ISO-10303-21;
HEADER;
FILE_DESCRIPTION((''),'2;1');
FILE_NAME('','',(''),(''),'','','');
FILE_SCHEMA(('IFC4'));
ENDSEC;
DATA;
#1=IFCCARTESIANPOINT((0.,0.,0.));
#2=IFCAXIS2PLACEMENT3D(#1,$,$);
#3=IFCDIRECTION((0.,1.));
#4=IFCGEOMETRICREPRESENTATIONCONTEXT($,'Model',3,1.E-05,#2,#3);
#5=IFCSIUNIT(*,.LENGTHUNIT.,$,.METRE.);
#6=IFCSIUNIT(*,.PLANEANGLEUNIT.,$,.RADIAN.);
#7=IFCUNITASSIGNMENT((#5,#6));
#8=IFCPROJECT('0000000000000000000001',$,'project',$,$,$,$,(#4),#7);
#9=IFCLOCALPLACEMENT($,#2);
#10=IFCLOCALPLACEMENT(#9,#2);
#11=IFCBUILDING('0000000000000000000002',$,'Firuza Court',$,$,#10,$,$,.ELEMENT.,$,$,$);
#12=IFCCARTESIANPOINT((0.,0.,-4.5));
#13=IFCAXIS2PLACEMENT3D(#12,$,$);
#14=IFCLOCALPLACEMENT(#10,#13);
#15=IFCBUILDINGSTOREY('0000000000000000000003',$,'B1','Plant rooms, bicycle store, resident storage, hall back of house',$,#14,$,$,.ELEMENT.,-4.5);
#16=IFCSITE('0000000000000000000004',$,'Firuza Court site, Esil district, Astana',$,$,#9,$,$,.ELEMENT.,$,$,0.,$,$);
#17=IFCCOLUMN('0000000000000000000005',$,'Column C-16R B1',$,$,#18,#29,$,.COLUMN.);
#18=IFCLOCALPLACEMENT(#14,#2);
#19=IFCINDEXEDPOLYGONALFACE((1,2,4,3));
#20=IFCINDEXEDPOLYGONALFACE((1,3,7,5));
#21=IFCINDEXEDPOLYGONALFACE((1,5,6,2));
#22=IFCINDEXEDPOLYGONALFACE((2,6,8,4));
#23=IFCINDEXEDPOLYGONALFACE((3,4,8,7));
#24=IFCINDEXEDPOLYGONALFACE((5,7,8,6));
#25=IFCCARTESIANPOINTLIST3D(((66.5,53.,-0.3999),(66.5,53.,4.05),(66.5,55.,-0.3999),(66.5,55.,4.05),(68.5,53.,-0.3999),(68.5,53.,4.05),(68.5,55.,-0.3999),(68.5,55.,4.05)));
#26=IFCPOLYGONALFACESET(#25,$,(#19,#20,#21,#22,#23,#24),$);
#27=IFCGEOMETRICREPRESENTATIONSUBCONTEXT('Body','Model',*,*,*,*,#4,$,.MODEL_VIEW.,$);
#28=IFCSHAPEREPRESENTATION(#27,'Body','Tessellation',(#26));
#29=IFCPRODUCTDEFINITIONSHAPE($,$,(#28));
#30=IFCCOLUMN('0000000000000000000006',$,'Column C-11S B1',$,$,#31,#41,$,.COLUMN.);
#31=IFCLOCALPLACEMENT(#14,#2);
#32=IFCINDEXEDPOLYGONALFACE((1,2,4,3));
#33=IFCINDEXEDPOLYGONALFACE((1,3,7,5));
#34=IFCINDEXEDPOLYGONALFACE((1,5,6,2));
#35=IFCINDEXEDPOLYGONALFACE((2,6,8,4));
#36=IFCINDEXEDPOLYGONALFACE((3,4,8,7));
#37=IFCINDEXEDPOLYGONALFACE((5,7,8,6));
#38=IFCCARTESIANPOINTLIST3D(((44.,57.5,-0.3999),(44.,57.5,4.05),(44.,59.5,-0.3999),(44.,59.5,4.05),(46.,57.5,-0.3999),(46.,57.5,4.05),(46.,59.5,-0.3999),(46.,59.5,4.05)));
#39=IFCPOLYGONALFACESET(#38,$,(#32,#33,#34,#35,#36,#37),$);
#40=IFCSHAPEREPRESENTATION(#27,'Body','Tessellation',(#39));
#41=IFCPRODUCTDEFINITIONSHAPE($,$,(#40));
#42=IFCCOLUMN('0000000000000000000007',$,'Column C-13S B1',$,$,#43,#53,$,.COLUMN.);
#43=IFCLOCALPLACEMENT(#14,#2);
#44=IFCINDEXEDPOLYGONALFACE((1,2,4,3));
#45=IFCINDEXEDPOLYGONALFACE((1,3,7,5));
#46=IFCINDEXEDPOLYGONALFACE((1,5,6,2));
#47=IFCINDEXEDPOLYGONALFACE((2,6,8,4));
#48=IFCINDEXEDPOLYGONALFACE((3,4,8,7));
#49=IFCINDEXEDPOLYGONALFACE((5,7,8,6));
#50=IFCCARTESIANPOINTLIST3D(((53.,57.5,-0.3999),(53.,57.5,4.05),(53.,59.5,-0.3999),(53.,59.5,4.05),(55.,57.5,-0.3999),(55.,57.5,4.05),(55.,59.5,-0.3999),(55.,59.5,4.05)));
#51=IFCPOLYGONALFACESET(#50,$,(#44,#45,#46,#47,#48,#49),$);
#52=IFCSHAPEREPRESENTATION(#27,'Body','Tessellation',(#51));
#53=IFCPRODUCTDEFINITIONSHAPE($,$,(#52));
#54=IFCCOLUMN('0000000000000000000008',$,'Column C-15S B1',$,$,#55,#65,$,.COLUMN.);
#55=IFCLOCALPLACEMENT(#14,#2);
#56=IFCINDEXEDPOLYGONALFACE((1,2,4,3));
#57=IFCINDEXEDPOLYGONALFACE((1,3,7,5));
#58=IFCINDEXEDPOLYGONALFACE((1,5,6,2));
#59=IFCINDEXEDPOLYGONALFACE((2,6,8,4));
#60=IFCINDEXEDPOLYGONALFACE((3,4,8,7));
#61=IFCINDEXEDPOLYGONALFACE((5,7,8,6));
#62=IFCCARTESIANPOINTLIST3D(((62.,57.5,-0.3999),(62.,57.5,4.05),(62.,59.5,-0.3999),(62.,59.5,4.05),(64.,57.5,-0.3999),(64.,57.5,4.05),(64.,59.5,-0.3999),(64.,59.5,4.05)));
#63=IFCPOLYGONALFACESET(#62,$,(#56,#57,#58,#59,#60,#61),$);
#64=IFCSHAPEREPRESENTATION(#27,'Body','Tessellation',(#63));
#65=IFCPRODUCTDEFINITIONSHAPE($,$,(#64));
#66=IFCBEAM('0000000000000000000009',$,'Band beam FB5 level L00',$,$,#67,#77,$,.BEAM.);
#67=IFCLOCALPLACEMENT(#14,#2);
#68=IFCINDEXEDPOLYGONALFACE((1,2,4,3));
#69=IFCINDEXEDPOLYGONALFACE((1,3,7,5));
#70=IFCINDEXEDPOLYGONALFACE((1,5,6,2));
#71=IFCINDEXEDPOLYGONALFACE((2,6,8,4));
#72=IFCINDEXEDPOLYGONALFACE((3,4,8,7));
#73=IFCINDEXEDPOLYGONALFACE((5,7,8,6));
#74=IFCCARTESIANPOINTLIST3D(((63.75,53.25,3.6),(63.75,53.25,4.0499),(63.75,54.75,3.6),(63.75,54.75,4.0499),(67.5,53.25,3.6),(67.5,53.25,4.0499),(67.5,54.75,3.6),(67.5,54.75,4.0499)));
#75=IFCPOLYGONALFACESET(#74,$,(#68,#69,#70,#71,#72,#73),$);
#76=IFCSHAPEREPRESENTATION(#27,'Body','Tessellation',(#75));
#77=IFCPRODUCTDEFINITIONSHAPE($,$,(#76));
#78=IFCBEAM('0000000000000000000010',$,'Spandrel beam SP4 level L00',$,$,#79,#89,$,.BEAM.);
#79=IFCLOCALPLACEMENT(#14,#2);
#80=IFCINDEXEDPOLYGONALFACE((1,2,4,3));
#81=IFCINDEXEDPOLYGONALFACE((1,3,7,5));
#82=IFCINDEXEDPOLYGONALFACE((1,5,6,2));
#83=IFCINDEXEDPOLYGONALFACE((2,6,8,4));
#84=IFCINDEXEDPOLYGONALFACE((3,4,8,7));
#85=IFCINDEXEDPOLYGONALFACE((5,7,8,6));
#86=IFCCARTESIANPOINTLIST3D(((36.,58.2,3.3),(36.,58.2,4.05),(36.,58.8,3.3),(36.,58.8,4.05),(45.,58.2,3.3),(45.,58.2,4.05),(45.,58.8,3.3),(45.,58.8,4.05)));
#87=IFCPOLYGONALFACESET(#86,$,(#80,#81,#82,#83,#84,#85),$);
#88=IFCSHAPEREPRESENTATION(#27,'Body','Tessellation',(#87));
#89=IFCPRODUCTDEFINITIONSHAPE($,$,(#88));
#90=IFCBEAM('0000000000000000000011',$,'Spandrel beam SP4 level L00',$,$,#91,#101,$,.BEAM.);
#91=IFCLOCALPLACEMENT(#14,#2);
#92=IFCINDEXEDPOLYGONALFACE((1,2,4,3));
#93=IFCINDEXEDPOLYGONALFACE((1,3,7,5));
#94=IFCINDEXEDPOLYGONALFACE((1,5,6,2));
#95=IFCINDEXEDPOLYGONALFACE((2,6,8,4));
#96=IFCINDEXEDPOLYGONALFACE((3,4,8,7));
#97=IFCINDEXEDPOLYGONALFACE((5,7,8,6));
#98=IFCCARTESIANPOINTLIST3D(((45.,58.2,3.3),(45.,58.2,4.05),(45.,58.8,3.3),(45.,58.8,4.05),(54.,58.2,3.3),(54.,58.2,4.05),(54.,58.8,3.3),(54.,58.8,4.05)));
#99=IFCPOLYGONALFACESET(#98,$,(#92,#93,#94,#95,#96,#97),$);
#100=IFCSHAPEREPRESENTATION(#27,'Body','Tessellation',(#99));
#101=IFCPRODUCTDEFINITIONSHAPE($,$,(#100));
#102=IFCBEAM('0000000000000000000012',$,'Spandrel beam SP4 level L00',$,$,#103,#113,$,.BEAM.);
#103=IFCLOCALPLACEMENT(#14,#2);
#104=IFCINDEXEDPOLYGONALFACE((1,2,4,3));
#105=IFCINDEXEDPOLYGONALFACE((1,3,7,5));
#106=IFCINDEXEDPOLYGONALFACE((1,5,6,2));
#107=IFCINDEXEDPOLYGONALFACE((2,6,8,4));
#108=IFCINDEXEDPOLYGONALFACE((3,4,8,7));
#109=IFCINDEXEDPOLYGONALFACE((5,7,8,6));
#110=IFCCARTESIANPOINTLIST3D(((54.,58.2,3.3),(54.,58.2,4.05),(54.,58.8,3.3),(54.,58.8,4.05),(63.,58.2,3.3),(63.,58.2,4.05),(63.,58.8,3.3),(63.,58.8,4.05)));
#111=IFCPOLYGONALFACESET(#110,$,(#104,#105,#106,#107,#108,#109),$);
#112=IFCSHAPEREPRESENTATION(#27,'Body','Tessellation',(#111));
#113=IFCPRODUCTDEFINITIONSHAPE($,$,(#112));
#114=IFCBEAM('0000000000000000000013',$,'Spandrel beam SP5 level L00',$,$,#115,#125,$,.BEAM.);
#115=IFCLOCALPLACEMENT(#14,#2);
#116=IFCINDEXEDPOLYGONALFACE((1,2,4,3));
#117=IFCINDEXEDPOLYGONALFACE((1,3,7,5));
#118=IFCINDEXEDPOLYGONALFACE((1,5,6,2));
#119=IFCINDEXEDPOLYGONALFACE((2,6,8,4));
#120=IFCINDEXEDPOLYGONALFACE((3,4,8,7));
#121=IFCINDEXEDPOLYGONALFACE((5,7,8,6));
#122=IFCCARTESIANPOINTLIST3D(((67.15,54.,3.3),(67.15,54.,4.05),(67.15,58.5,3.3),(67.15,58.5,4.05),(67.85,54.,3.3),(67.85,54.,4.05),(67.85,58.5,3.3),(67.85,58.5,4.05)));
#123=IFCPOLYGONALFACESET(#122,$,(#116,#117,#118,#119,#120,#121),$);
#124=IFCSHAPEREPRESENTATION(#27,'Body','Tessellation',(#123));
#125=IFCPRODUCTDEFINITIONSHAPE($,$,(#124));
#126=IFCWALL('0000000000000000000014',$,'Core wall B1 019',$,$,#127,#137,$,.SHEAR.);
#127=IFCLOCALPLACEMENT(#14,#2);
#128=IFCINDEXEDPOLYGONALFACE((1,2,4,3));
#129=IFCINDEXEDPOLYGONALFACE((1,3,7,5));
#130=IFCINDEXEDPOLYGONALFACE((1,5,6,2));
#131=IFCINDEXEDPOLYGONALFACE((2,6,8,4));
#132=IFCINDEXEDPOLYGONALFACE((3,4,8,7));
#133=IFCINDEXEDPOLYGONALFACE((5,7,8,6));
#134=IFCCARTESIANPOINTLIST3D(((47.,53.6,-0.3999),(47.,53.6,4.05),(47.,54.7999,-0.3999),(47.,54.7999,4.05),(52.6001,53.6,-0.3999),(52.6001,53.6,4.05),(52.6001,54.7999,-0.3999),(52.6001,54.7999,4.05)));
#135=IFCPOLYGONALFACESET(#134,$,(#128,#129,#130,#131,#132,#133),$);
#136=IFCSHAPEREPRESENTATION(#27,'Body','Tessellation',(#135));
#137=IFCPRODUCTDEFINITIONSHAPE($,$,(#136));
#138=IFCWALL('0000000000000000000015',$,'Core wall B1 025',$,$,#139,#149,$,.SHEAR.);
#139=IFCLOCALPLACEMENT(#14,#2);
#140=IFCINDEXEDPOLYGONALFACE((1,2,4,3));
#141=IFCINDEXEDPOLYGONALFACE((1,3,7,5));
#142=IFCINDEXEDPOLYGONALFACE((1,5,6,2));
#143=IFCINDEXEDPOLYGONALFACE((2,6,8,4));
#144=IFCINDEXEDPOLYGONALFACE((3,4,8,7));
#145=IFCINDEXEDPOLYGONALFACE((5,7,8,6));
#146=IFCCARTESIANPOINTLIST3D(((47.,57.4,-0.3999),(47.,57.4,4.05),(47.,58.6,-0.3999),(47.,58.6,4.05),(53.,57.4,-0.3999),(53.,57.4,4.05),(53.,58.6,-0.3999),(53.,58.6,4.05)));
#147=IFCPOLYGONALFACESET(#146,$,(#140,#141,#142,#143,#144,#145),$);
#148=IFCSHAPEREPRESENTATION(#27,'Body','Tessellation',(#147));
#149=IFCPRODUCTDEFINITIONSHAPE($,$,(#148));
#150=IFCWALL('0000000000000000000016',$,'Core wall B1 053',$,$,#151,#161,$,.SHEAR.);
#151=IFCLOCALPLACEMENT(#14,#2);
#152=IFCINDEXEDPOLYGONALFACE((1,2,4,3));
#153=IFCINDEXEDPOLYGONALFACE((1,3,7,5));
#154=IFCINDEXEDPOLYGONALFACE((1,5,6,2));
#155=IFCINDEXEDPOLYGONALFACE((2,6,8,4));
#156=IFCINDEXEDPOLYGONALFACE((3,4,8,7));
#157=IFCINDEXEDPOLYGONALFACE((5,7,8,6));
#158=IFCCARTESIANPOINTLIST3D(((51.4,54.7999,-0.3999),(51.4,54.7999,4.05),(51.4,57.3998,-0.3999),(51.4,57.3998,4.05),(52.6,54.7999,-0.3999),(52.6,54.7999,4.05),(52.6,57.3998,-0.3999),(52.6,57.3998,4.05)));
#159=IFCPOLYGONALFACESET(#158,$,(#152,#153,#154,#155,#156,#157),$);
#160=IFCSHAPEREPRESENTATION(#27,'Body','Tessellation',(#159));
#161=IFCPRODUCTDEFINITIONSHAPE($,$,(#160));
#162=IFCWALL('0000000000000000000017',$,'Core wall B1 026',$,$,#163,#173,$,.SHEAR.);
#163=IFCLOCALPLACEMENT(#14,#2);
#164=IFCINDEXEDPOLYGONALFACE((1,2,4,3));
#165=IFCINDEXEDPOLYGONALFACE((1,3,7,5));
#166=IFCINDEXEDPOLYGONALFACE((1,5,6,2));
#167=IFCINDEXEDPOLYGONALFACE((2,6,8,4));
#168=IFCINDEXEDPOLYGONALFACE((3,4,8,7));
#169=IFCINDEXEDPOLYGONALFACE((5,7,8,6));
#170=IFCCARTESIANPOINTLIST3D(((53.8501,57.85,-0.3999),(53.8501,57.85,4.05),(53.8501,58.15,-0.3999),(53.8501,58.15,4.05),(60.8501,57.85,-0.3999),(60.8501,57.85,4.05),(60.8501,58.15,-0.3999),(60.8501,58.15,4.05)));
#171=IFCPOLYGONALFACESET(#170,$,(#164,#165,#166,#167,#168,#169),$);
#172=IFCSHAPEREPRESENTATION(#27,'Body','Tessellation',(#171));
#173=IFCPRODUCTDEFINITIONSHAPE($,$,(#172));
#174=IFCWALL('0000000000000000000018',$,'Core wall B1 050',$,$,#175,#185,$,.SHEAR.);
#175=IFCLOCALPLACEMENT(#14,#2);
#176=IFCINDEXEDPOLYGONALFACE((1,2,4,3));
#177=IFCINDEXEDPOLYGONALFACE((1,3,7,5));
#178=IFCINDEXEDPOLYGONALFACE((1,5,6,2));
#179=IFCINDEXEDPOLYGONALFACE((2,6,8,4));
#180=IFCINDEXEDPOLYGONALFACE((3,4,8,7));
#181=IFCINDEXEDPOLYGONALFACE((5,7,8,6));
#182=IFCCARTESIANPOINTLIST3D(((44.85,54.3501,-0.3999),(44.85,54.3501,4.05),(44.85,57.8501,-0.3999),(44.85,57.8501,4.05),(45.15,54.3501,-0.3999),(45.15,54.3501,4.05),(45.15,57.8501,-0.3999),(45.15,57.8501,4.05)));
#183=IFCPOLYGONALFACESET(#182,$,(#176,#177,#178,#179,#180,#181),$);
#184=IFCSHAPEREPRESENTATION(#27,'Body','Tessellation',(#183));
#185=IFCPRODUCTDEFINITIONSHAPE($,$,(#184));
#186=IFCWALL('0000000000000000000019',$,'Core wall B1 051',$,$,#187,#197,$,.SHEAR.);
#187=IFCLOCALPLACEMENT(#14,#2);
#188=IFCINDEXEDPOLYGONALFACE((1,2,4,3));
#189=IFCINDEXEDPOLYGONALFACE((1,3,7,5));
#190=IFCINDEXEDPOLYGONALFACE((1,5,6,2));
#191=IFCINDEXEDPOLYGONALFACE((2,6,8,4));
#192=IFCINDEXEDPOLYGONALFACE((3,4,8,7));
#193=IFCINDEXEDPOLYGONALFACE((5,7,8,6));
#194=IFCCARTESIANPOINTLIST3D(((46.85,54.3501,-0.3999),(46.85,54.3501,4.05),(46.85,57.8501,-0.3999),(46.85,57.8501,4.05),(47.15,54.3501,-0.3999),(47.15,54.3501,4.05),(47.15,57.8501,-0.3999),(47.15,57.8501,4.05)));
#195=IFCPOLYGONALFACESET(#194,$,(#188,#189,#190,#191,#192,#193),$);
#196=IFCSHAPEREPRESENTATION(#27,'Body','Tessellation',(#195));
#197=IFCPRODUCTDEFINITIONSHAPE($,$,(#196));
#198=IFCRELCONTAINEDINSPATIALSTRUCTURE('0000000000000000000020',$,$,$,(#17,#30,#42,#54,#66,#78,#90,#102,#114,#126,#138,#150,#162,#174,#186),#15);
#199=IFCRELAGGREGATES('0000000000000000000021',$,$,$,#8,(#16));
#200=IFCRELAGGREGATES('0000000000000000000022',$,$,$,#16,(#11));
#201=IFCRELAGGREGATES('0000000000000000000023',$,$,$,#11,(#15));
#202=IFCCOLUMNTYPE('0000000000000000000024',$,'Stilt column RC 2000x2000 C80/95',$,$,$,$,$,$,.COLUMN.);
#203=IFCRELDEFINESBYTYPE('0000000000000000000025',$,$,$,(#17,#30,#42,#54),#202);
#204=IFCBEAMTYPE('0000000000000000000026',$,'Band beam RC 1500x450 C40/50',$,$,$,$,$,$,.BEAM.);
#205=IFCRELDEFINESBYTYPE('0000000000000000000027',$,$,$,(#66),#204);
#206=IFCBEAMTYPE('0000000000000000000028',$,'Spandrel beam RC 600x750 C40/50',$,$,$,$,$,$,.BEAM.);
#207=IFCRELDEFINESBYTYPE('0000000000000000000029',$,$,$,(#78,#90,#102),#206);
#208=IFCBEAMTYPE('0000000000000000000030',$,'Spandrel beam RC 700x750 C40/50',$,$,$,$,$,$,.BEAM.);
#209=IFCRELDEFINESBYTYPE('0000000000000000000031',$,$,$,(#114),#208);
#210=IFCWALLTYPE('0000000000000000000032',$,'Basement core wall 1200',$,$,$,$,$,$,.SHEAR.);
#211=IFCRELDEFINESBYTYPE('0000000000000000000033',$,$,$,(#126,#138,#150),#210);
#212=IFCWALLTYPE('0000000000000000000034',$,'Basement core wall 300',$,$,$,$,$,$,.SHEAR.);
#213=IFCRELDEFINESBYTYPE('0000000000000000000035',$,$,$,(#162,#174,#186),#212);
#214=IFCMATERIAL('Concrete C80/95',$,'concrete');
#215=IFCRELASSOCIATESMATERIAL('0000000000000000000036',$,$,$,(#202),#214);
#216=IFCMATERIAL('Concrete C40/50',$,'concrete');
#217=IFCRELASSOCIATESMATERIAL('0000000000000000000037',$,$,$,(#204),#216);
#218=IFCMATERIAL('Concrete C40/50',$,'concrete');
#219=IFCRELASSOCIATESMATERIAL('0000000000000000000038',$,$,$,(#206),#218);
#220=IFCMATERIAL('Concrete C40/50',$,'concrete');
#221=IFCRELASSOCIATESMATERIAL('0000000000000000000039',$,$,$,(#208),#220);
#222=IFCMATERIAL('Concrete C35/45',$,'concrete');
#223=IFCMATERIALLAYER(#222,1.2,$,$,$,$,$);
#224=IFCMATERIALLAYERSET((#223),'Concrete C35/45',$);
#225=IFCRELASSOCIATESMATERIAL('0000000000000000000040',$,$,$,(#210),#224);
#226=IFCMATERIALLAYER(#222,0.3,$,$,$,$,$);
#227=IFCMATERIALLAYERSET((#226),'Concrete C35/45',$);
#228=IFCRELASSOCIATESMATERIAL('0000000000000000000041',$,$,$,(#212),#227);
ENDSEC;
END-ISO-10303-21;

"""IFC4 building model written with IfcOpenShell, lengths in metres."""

from ifc_helpers import new_model, si_unit, direction, frame, frame_2d, origin, origin_2d, place, context, subcontext, project, spatial, rectangle, extrude, material, layer, layer_set, material_profile, profile_set, type_object, element, save


model = new_model("IFC4")

# Units and contexts
model_context = context("Model", 3, precision=1e-05, world=origin(), true_north=direction((0.0, 1.0)))
body_context = subcontext(model_context, "Body", "Model", "MODEL_VIEW")
ifc_project = project(units=[si_unit("LENGTHUNIT", "METRE"), si_unit("PLANEANGLEUNIT", "RADIAN")], contexts=[model_context])

# Site, building, storey
site_placement = place(None, origin())
site = spatial("IfcSite", under=ifc_project, at=site_placement, Name="Firuza Court site, Esil district, Astana", CompositionType="ELEMENT", RefElevation=0.0)
building_placement = place(site_placement, origin())
building = spatial("IfcBuilding", under=site, at=building_placement, Name="Firuza Court", CompositionType="ELEMENT")
storey_placement = place(building_placement, frame((0.0, 0.0, -4.5)))
storey = spatial("IfcBuildingStorey", under=building, at=storey_placement, Name="B1", Description="Plant rooms, bicycle store, resident storage, hall back of house", CompositionType="ELEMENT", Elevation=-4.5)

# Columns
ifc_material_1 = material(Name="Concrete C80/95", Category="concrete")
ifc_material_profile_1 = material_profile(ifc_material_1, rectangle(XDim=2.0, YDim=2.0, at=origin_2d()), Name="RC 2000x2000")
ifc_profile_set_1 = profile_set([ifc_material_profile_1], Name="Concrete C80/95")
column_type = type_object("IfcColumnType", Name="Stilt column RC 2000x2000 C80/95", PredefinedType="COLUMN", material=ifc_profile_set_1)
for number, where, z_axis, x_axis, name in (
    (1, (67.5, 54.0, -0.3999), (0.0, 0.0, 1.0), (1.0, 0.0, 0.0), "Column C-16R B1"),
    (2, (45.0, 58.5, -0.3999), (0.0, 0.0, 1.0), (1.0, 0.0, 0.0), "Column C-11S B1"),
    (3, (54.0, 58.5, -0.3999), (0.0, 0.0, 1.0), (1.0, 0.0, 0.0), "Column C-13S B1"),
    (4, (63.0, 58.5, -0.3999), (0.0, 0.0, 1.0), (1.0, 0.0, 0.0), "Column C-15S B1"),
):
    element("IfcColumn", number, at=place(storey_placement, frame(where, z_axis=z_axis, x_axis=x_axis)), inside=storey, type_object=column_type, Name=name, PredefinedType="COLUMN", context=body_context, shape_type="SweptSolid", body=[
        extrude(rectangle(XDim=2.0, YDim=2.0, at=origin_2d()), origin(), (0.0, 0.0, 1.0), 4.45),
    ])

# Beams
ifc_material_2 = material(Name="Concrete C40/50", Category="concrete")
ifc_material_profile_2 = material_profile(ifc_material_2, rectangle(XDim=1.5, YDim=0.45, at=origin_2d()), Name="RC 1500x450")
ifc_profile_set_2 = profile_set([ifc_material_profile_2], Name="Concrete C40/50")
beam_type_1 = type_object("IfcBeamType", Name="Band beam RC 1500x450 C40/50", PredefinedType="BEAM", material=ifc_profile_set_2)
beam_1_placement = place(storey_placement, frame((67.5, 54.0, 3.825), z_axis=(-1.0, 0.0, 0.0), x_axis=(0.0, -1.0, 0.0)))
element("IfcBeam", 5, at=beam_1_placement, inside=storey, type_object=beam_type_1, Name="Band beam FB5 level L00", PredefinedType="BEAM", context=body_context, shape_type="SweptSolid", body=[
    extrude(rectangle(XDim=1.5, YDim=0.45, at=origin_2d()), origin(), (0.0, 0.0, 1.0), 3.75),
])
ifc_material_3 = material(Name="Concrete C40/50", Category="concrete")
ifc_material_profile_3 = material_profile(ifc_material_3, rectangle(XDim=0.6001, YDim=0.75, at=origin_2d()), Name="RC 600x750")
ifc_profile_set_3 = profile_set([ifc_material_profile_3], Name="Concrete C40/50")
beam_type_2 = type_object("IfcBeamType", Name="Spandrel beam RC 600x750 C40/50", PredefinedType="BEAM", material=ifc_profile_set_3)
for number, where, z_axis, x_axis, name in (
    (6, (45.0, 58.5, 3.675), (-1.0, 0.0, 0.0), (0.0, -1.0, 0.0), "Spandrel beam SP4 level L00"),
    (7, (54.0, 58.5, 3.675), (-1.0, 0.0, 0.0), (0.0, -1.0, 0.0), "Spandrel beam SP4 level L00"),
    (8, (63.0, 58.5, 3.675), (-1.0, 0.0, 0.0), (0.0, -1.0, 0.0), "Spandrel beam SP4 level L00"),
):
    element("IfcBeam", number, at=place(storey_placement, frame(where, z_axis=z_axis, x_axis=x_axis)), inside=storey, type_object=beam_type_2, Name=name, PredefinedType="BEAM", context=body_context, shape_type="SweptSolid", body=[
        extrude(rectangle(XDim=0.6001, YDim=0.75, at=origin_2d()), origin(), (0.0, 0.0, 1.0), 9.0),
    ])
ifc_material_4 = material(Name="Concrete C40/50", Category="concrete")
ifc_material_profile_4 = material_profile(ifc_material_4, rectangle(XDim=0.7, YDim=0.75, at=origin_2d()), Name="RC 700x750")
ifc_profile_set_4 = profile_set([ifc_material_profile_4], Name="Concrete C40/50")
beam_type_3 = type_object("IfcBeamType", Name="Spandrel beam RC 700x750 C40/50", PredefinedType="BEAM", material=ifc_profile_set_4)
beam_2_placement = place(storey_placement, frame((67.5, 54.0, 3.675), z_axis=(0.0, 1.0, 0.0), x_axis=(-1.0, 0.0, 0.0)))
element("IfcBeam", 9, at=beam_2_placement, inside=storey, type_object=beam_type_3, Name="Spandrel beam SP5 level L00", PredefinedType="BEAM", context=body_context, shape_type="SweptSolid", body=[
    extrude(rectangle(XDim=0.7, YDim=0.75, at=origin_2d()), origin(), (0.0, 0.0, 1.0), 4.5),
])

# Walls
ifc_material_5 = material(Name="Concrete C35/45", Category="concrete")
ifc_layer_1 = layer(ifc_material_5, 1.2)
ifc_layer_set_1 = layer_set([ifc_layer_1], Name="Concrete C35/45")
wall_type_1 = type_object("IfcWallType", Name="Basement core wall 1200", PredefinedType="SHEAR", material=ifc_layer_set_1)
wall_1_placement = place(storey_placement, frame((47.0, 54.2, -0.3999), z_axis=(0.0, 0.0, 1.0), x_axis=(1.0, 0.0, 0.0)))
element("IfcWall", 10, at=wall_1_placement, inside=storey, type_object=wall_type_1, Name="Core wall B1 019", PredefinedType="SHEAR", context=body_context, shape_type="SweptSolid", body=[
    extrude(rectangle(XDim=5.6001, YDim=1.2, at=frame_2d((2.8, 0.0))), origin(), (0.0, 0.0, 1.0), 4.45),
])
wall_2_placement = place(storey_placement, frame((47.0, 58.0, -0.3999), z_axis=(0.0, 0.0, 1.0), x_axis=(1.0, 0.0, 0.0)))
element("IfcWall", 11, at=wall_2_placement, inside=storey, type_object=wall_type_1, Name="Core wall B1 025", PredefinedType="SHEAR", context=body_context, shape_type="SweptSolid", body=[
    extrude(rectangle(XDim=6.0, YDim=1.2, at=frame_2d((3.0, 0.0))), origin(), (0.0, 0.0, 1.0), 4.45),
])
wall_3_placement = place(storey_placement, frame((52.0, 54.8, -0.3999), z_axis=(0.0, 0.0, 1.0), x_axis=(0.0, 1.0, 0.0)))
element("IfcWall", 12, at=wall_3_placement, inside=storey, type_object=wall_type_1, Name="Core wall B1 053", PredefinedType="SHEAR", context=body_context, shape_type="SweptSolid", body=[
    extrude(rectangle(XDim=2.5999, YDim=1.2, at=frame_2d((1.2998, 0.0))), origin(), (0.0, 0.0, 1.0), 4.45),
])
ifc_layer_2 = layer(ifc_material_5, 0.3)
ifc_layer_set_2 = layer_set([ifc_layer_2], Name="Concrete C35/45")
wall_type_2 = type_object("IfcWallType", Name="Basement core wall 300", PredefinedType="SHEAR", material=ifc_layer_set_2)
wall_4_placement = place(storey_placement, frame((53.8501, 58.0, -0.3999), z_axis=(0.0, 0.0, 1.0), x_axis=(1.0, 0.0, 0.0)))
element("IfcWall", 13, at=wall_4_placement, inside=storey, type_object=wall_type_2, Name="Core wall B1 026", PredefinedType="SHEAR", context=body_context, shape_type="SweptSolid", body=[
    extrude(rectangle(XDim=7.0, YDim=0.3, at=frame_2d((3.5, 0.0))), origin(), (0.0, 0.0, 1.0), 4.45),
])
for number, where, z_axis, x_axis, name in (
    (14, (45.0, 54.3501, -0.3999), (0.0, 0.0, 1.0), (0.0, 1.0, 0.0), "Core wall B1 050"),
    (15, (47.0, 54.3501, -0.3999), (0.0, 0.0, 1.0), (0.0, 1.0, 0.0), "Core wall B1 051"),
):
    element("IfcWall", number, at=place(storey_placement, frame(where, z_axis=z_axis, x_axis=x_axis)), inside=storey, type_object=wall_type_2, Name=name, PredefinedType="SHEAR", context=body_context, shape_type="SweptSolid", body=[
        extrude(rectangle(XDim=3.5, YDim=0.3, at=frame_2d((1.75, 0.0))), origin(), (0.0, 0.0, 1.0), 4.45),
    ])

save(model, "model.ifc")
